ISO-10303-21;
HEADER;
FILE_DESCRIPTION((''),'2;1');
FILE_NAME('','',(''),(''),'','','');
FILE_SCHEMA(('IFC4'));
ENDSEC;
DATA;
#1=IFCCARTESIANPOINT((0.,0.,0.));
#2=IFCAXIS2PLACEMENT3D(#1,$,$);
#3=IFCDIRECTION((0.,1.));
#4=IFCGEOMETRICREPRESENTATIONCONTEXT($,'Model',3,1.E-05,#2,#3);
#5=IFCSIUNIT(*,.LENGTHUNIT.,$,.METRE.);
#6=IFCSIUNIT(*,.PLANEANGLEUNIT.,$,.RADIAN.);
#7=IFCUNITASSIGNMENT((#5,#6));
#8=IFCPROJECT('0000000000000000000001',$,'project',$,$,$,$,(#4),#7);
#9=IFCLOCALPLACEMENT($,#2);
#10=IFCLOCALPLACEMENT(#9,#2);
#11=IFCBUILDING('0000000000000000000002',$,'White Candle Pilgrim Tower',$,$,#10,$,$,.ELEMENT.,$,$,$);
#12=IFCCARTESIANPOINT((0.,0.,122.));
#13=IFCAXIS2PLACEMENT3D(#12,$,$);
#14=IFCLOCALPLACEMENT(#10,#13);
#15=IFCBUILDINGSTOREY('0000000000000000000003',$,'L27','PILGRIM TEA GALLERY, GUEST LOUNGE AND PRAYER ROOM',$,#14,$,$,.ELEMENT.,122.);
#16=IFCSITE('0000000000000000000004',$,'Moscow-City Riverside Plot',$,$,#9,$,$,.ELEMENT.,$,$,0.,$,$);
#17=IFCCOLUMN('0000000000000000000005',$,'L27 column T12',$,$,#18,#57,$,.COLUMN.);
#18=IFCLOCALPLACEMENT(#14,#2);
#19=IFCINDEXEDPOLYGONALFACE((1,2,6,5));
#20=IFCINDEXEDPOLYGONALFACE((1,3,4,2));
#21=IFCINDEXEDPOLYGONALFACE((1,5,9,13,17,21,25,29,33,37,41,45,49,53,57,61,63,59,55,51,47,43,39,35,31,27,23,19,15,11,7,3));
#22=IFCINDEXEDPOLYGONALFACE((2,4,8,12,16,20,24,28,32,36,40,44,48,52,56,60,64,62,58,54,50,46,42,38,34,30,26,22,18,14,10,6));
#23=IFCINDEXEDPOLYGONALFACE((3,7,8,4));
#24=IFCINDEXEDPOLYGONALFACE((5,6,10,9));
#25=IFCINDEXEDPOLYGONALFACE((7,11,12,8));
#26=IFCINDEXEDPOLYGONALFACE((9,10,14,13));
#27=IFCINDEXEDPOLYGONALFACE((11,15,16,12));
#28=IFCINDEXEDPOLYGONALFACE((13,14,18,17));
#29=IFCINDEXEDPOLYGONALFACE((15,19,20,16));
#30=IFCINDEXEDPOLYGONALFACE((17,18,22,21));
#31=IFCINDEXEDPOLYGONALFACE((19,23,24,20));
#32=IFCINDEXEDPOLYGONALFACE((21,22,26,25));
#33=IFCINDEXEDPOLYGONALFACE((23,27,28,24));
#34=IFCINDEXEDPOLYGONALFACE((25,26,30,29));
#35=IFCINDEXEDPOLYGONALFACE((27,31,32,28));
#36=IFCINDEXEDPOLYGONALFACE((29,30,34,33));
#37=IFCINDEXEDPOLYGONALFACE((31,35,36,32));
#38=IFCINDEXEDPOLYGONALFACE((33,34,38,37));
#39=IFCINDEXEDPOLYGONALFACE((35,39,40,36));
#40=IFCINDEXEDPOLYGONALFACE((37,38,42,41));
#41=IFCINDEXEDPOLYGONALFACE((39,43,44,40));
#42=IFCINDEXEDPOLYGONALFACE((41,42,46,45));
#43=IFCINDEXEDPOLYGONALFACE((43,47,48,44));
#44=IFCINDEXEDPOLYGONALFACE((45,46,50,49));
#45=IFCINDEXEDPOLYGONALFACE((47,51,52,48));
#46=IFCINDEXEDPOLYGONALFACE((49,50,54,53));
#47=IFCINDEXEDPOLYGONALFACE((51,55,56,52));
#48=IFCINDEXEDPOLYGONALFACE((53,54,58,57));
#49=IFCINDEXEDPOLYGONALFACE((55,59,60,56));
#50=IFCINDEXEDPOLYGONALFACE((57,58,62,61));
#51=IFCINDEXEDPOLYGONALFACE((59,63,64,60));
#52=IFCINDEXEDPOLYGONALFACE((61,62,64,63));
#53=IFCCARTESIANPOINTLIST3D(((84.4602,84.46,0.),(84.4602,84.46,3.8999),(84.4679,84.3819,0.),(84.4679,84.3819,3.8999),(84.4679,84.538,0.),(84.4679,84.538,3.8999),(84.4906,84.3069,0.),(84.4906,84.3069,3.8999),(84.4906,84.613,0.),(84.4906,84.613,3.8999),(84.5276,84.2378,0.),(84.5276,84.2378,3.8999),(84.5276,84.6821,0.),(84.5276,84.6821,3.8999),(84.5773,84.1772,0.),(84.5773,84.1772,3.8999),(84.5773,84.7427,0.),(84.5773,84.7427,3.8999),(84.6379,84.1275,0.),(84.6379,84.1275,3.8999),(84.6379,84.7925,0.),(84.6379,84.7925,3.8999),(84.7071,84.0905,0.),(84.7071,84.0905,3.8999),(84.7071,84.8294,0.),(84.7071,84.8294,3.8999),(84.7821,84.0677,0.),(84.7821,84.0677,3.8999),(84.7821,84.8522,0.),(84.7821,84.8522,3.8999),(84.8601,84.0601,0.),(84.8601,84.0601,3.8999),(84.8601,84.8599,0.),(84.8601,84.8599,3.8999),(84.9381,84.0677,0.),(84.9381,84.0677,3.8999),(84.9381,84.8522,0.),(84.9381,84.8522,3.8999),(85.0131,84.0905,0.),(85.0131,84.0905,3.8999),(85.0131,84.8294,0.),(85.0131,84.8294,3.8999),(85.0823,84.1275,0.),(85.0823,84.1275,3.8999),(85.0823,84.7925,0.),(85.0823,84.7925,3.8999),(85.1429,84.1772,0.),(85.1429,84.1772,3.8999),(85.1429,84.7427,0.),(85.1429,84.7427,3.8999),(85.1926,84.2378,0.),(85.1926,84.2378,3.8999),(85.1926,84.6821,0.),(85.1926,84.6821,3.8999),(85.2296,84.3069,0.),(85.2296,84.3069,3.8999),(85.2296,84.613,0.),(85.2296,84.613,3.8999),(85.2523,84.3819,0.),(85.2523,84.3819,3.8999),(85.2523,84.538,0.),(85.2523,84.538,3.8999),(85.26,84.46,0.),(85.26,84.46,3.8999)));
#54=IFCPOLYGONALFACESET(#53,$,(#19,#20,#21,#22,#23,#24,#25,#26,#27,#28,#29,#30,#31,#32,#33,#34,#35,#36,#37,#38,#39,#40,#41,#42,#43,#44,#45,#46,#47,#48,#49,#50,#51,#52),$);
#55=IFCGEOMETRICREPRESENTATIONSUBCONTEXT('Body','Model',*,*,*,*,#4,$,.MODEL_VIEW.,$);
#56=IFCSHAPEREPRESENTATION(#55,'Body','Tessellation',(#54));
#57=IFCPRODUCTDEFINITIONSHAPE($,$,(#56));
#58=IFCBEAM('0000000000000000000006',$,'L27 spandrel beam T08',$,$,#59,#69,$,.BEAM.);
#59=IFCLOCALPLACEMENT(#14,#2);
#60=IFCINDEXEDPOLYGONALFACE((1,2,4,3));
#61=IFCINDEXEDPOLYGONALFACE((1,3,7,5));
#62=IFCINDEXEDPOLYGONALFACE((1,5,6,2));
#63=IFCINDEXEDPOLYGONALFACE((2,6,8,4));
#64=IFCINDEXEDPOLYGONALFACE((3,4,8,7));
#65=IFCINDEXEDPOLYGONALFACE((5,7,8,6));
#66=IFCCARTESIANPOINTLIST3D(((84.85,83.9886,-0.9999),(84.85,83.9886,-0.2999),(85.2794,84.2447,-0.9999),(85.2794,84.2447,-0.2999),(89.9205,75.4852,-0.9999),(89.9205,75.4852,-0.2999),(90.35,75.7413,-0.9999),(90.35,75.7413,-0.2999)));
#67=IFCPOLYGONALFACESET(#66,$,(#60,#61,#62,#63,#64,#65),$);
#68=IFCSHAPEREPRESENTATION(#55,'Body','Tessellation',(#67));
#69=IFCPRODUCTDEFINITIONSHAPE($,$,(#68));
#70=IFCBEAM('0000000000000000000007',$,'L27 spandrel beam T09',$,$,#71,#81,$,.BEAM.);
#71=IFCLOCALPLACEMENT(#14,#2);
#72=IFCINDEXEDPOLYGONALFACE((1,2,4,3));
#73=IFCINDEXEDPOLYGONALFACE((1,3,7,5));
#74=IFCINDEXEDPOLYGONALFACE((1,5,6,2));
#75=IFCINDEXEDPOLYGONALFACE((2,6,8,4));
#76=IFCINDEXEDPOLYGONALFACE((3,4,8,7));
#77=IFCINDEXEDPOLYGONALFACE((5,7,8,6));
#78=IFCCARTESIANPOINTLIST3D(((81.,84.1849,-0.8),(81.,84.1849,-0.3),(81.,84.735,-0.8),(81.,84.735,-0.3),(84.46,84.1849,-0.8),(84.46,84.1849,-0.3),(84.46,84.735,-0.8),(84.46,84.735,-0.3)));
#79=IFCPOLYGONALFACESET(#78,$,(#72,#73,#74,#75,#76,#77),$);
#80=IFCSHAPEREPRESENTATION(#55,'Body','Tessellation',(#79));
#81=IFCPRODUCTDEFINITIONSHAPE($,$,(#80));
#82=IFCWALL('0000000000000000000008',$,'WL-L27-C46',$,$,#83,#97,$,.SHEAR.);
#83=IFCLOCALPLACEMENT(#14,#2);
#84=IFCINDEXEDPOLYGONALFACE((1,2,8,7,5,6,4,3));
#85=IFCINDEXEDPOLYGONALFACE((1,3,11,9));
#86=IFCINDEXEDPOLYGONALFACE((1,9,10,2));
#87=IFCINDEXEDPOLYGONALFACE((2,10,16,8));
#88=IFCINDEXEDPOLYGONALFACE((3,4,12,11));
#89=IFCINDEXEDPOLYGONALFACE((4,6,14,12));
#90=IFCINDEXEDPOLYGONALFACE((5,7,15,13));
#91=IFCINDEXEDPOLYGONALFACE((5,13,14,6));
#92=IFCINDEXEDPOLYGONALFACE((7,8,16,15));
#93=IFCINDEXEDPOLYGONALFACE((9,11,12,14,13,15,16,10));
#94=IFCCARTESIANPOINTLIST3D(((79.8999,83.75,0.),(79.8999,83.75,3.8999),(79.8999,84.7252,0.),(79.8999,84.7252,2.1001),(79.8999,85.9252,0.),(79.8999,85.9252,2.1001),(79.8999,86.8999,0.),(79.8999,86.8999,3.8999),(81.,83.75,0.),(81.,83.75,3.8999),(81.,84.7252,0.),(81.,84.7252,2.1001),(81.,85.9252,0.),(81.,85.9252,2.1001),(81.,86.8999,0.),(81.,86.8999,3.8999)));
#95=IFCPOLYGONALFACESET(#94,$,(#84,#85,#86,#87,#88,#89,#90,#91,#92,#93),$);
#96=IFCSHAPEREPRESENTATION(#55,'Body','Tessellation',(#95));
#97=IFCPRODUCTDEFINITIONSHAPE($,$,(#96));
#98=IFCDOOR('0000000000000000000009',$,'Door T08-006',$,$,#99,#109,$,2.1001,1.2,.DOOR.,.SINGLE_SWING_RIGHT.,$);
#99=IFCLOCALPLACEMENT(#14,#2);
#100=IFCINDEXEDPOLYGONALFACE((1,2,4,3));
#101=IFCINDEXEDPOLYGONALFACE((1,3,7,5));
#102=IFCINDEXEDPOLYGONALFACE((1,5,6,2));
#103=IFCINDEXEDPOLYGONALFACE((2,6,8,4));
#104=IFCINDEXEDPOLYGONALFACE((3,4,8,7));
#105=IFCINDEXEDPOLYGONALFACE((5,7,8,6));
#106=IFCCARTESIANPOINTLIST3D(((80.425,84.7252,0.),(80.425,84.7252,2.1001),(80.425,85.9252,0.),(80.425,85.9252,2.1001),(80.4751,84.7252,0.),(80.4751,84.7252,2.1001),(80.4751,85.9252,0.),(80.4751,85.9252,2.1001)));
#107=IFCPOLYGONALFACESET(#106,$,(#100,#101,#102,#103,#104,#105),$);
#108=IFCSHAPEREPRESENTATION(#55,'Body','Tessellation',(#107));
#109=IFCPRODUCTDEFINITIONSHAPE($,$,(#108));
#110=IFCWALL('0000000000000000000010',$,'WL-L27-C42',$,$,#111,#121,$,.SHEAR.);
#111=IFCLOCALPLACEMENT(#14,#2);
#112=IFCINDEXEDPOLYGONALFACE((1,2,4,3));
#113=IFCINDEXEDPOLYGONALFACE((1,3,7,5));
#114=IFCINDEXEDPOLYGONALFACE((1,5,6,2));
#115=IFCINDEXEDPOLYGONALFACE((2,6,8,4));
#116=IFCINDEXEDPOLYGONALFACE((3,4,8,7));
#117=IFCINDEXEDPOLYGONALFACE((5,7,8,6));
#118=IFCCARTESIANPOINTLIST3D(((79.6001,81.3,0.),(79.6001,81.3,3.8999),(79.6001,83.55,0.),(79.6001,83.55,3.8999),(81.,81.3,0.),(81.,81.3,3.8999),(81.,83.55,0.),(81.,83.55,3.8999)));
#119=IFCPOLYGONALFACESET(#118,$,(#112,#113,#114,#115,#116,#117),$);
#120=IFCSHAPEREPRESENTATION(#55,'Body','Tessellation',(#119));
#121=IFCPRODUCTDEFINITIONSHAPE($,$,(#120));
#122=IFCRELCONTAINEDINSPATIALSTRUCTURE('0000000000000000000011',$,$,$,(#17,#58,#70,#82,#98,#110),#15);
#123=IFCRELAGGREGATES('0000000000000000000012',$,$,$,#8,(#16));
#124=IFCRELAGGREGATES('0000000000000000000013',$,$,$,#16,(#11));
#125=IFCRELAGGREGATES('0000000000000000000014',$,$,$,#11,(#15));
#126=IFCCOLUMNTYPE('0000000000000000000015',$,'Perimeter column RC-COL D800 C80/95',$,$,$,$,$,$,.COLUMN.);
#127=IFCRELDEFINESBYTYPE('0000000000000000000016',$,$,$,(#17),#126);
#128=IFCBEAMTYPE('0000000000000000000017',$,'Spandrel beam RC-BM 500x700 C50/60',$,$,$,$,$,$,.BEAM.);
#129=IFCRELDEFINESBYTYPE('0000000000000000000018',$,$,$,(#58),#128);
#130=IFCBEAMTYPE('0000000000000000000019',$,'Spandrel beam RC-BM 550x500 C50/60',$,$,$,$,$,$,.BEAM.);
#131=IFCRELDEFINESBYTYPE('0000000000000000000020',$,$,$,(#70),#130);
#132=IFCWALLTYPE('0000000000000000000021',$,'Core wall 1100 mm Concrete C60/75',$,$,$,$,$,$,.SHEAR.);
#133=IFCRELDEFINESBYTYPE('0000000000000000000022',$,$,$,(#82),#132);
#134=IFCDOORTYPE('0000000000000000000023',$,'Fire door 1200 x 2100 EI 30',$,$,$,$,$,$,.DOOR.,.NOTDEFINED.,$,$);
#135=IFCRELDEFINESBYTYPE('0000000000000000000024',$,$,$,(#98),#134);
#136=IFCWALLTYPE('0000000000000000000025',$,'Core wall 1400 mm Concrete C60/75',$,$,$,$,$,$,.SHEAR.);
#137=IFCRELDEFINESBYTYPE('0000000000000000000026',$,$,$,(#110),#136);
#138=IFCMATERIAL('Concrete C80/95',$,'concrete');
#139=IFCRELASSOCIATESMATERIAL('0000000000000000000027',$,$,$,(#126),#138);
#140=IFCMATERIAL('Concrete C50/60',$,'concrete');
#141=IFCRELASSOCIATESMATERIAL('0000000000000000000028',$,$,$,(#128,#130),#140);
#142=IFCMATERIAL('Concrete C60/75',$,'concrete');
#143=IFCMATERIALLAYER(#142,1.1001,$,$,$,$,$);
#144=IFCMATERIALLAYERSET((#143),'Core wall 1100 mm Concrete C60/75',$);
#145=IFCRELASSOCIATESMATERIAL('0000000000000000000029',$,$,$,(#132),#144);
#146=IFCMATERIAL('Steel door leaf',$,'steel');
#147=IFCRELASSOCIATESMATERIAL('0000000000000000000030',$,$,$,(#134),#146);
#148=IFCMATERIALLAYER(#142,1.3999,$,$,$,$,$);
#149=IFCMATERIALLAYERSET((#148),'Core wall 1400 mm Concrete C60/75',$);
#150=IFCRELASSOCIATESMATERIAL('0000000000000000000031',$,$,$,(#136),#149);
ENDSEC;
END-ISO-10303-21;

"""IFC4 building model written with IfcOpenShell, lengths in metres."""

from ifc_helpers import new_model, si_unit, direction, frame, frame_2d, origin, origin_2d, place, context, subcontext, project, spatial, rectangle, circle, extrude, material, layer, layer_set, material_profile, profile_set, type_object, element, fill, save


model = new_model("IFC4")

# Units and contexts
model_context = context("Model", 3, precision=1e-05, world=origin(), true_north=direction((0.0, 1.0)))
body_context = subcontext(model_context, "Body", "Model", "MODEL_VIEW")
ifc_project = project(units=[si_unit("LENGTHUNIT", "METRE"), si_unit("PLANEANGLEUNIT", "RADIAN")], contexts=[model_context])

# Site, building, storey
site_placement = place(None, origin())
site = spatial("IfcSite", under=ifc_project, at=site_placement, Name="Moscow-City Riverside Plot", CompositionType="ELEMENT", RefElevation=0.0)
building_placement = place(site_placement, origin())
building = spatial("IfcBuilding", under=site, at=building_placement, Name="White Candle Pilgrim Tower", CompositionType="ELEMENT")
storey_placement = place(building_placement, frame((0.0, 0.0, 122.0)))
storey = spatial("IfcBuildingStorey", under=building, at=storey_placement, Name="L27", Description="PILGRIM TEA GALLERY, GUEST LOUNGE AND PRAYER ROOM", CompositionType="ELEMENT", Elevation=122.0)

# Column
ifc_material_1 = material(Name="Concrete C80/95", Category="concrete")
ifc_material_profile_1 = material_profile(ifc_material_1, circle(Radius=0.3999, at=origin_2d()), Name="RC-COL D800")
ifc_profile_set_1 = profile_set([ifc_material_profile_1], Name="Concrete C80/95")
column_type = type_object("IfcColumnType", Name="Perimeter column RC-COL D800 C80/95", PredefinedType="COLUMN", material=ifc_profile_set_1)
column_placement = place(storey_placement, frame((84.8601, 84.46, 0.0), z_axis=(0.0, 0.0, 1.0), x_axis=(1.0, 0.0, 0.0)))
element("IfcColumn", 1, at=column_placement, inside=storey, type_object=column_type, Name="L27 column T12", PredefinedType="COLUMN", context=body_context, shape_type="SweptSolid", body=[
    extrude(circle(Radius=0.3999, at=origin_2d()), origin(), (0.0, 0.0, 1.0), 3.8999),
])

# Beams
ifc_material_2 = material(Name="Concrete C50/60", Category="concrete")
ifc_material_profile_2 = material_profile(ifc_material_2, rectangle(XDim=0.5, YDim=0.7, at=origin_2d()), Name="RC-BM 500x700")
ifc_profile_set_2 = profile_set([ifc_material_profile_2], Name="Concrete C50/60")
beam_type_1 = type_object("IfcBeamType", Name="Spandrel beam RC-BM 500x700 C50/60", PredefinedType="BEAM", material=ifc_profile_set_2)
beam_1_placement = place(storey_placement, frame((90.1353, 75.6133, -0.6499), z_axis=(-0.512155, 0.858893, 0.0), x_axis=(-0.858893, -0.512155, 0.0)))
element("IfcBeam", 2, at=beam_1_placement, inside=storey, type_object=beam_type_1, Name="L27 spandrel beam T08", PredefinedType="BEAM", context=body_context, shape_type="SweptSolid", body=[
    extrude(rectangle(XDim=0.5, YDim=0.7, at=origin_2d()), origin(), (0.0, 0.0, 1.0), 9.9004),
])
ifc_material_profile_3 = material_profile(ifc_material_2, rectangle(XDim=0.55, YDim=0.5, at=origin_2d()), Name="RC-BM 550x500")
ifc_profile_set_3 = profile_set([ifc_material_profile_3], Name="Concrete C50/60")
beam_type_2 = type_object("IfcBeamType", Name="Spandrel beam RC-BM 550x500 C50/60", PredefinedType="BEAM", material=ifc_profile_set_3)
beam_2_placement = place(storey_placement, frame((84.46, 84.46, -0.55), z_axis=(-1.0, 0.0, 0.0), x_axis=(0.0, -1.0, 0.0)))
element("IfcBeam", 3, at=beam_2_placement, inside=storey, type_object=beam_type_2, Name="L27 spandrel beam T09", PredefinedType="BEAM", context=body_context, shape_type="SweptSolid", body=[
    extrude(rectangle(XDim=0.55, YDim=0.5, at=origin_2d()), origin(), (0.0, 0.0, 1.0), 3.46),
])

# Wall, opening, door
ifc_material_3 = material(Name="Concrete C60/75", Category="concrete")
ifc_layer_1 = layer(ifc_material_3, 1.1001)
ifc_layer_set_1 = layer_set([ifc_layer_1], Name="Core wall 1100 mm Concrete C60/75")
wall_type_1 = type_object("IfcWallType", Name="Core wall 1100 mm Concrete C60/75", PredefinedType="SHEAR", material=ifc_layer_set_1)
wall_1_placement = place(storey_placement, frame((80.45, 83.75, 0.0), z_axis=(0.0, 0.0, 1.0), x_axis=(0.0, 1.0, 0.0)))
wall_1 = element("IfcWall", 4, at=wall_1_placement, inside=storey, type_object=wall_type_1, Name="WL-L27-C46", PredefinedType="SHEAR", context=body_context, shape_type="SweptSolid", body=[
    extrude(rectangle(XDim=3.1499, YDim=1.1001, at=frame_2d((1.575, 0.0))), origin(), (0.0, 0.0, 1.0), 3.8999),
])
opening_1_placement = place(wall_1_placement, frame((0.9751, 0.0, 0.0)))
opening_1 = element("IfcOpeningElement", 5, at=opening_1_placement, cuts=wall_1, PredefinedType="OPENING", context=body_context, shape_type="SweptSolid", body=[
    extrude(rectangle(XDim=1.2, YDim=2.1001, at=frame_2d((0.6001, 1.05))), frame((0.0, 0.5601, 0.0), z_axis=(0.0, -1.0, 0.0), x_axis=(1.0, 0.0, 0.0)), (0.0, 0.0, 1.0), 1.1201),
])
ifc_material_4 = material(Name="Steel door leaf", Category="steel")
door_type_1 = type_object("IfcDoorType", Name="Fire door 1200 x 2100 EI 30", OperationType="NOTDEFINED", PredefinedType="DOOR", material=ifc_material_4)
door_1_placement = place(opening_1_placement, origin())
door_1 = element("IfcDoor", 6, at=door_1_placement, inside=storey, type_object=door_type_1, Name="Door T08-006", OperationType="SINGLE_SWING_RIGHT", OverallHeight=2.1001, OverallWidth=1.2, PredefinedType="DOOR", context=body_context, shape_type="SweptSolid", body=[
    extrude(rectangle(XDim=1.2, YDim=2.1001, at=frame_2d((0.6001, 1.05))), frame((0.0, 0.0249, 0.0), z_axis=(0.0, -1.0, 0.0), x_axis=(1.0, 0.0, 0.0)), (0.0, 0.0, 1.0), 0.05),
])
fill(opening_1, door_1)

# Wall
ifc_layer_2 = layer(ifc_material_3, 1.3999)
ifc_layer_set_2 = layer_set([ifc_layer_2], Name="Core wall 1400 mm Concrete C60/75")
wall_type_2 = type_object("IfcWallType", Name="Core wall 1400 mm Concrete C60/75", PredefinedType="SHEAR", material=ifc_layer_set_2)
wall_2_placement = place(storey_placement, frame((80.3, 81.3, 0.0), z_axis=(0.0, 0.0, 1.0), x_axis=(0.0, 1.0, 0.0)))
element("IfcWall", 7, at=wall_2_placement, inside=storey, type_object=wall_type_2, Name="WL-L27-C42", PredefinedType="SHEAR", context=body_context, shape_type="SweptSolid", body=[
    extrude(rectangle(XDim=2.25, YDim=1.3999, at=frame_2d((1.125, 0.0))), origin(), (0.0, 0.0, 1.0), 3.8999),
])

save(model, "model.ifc")
